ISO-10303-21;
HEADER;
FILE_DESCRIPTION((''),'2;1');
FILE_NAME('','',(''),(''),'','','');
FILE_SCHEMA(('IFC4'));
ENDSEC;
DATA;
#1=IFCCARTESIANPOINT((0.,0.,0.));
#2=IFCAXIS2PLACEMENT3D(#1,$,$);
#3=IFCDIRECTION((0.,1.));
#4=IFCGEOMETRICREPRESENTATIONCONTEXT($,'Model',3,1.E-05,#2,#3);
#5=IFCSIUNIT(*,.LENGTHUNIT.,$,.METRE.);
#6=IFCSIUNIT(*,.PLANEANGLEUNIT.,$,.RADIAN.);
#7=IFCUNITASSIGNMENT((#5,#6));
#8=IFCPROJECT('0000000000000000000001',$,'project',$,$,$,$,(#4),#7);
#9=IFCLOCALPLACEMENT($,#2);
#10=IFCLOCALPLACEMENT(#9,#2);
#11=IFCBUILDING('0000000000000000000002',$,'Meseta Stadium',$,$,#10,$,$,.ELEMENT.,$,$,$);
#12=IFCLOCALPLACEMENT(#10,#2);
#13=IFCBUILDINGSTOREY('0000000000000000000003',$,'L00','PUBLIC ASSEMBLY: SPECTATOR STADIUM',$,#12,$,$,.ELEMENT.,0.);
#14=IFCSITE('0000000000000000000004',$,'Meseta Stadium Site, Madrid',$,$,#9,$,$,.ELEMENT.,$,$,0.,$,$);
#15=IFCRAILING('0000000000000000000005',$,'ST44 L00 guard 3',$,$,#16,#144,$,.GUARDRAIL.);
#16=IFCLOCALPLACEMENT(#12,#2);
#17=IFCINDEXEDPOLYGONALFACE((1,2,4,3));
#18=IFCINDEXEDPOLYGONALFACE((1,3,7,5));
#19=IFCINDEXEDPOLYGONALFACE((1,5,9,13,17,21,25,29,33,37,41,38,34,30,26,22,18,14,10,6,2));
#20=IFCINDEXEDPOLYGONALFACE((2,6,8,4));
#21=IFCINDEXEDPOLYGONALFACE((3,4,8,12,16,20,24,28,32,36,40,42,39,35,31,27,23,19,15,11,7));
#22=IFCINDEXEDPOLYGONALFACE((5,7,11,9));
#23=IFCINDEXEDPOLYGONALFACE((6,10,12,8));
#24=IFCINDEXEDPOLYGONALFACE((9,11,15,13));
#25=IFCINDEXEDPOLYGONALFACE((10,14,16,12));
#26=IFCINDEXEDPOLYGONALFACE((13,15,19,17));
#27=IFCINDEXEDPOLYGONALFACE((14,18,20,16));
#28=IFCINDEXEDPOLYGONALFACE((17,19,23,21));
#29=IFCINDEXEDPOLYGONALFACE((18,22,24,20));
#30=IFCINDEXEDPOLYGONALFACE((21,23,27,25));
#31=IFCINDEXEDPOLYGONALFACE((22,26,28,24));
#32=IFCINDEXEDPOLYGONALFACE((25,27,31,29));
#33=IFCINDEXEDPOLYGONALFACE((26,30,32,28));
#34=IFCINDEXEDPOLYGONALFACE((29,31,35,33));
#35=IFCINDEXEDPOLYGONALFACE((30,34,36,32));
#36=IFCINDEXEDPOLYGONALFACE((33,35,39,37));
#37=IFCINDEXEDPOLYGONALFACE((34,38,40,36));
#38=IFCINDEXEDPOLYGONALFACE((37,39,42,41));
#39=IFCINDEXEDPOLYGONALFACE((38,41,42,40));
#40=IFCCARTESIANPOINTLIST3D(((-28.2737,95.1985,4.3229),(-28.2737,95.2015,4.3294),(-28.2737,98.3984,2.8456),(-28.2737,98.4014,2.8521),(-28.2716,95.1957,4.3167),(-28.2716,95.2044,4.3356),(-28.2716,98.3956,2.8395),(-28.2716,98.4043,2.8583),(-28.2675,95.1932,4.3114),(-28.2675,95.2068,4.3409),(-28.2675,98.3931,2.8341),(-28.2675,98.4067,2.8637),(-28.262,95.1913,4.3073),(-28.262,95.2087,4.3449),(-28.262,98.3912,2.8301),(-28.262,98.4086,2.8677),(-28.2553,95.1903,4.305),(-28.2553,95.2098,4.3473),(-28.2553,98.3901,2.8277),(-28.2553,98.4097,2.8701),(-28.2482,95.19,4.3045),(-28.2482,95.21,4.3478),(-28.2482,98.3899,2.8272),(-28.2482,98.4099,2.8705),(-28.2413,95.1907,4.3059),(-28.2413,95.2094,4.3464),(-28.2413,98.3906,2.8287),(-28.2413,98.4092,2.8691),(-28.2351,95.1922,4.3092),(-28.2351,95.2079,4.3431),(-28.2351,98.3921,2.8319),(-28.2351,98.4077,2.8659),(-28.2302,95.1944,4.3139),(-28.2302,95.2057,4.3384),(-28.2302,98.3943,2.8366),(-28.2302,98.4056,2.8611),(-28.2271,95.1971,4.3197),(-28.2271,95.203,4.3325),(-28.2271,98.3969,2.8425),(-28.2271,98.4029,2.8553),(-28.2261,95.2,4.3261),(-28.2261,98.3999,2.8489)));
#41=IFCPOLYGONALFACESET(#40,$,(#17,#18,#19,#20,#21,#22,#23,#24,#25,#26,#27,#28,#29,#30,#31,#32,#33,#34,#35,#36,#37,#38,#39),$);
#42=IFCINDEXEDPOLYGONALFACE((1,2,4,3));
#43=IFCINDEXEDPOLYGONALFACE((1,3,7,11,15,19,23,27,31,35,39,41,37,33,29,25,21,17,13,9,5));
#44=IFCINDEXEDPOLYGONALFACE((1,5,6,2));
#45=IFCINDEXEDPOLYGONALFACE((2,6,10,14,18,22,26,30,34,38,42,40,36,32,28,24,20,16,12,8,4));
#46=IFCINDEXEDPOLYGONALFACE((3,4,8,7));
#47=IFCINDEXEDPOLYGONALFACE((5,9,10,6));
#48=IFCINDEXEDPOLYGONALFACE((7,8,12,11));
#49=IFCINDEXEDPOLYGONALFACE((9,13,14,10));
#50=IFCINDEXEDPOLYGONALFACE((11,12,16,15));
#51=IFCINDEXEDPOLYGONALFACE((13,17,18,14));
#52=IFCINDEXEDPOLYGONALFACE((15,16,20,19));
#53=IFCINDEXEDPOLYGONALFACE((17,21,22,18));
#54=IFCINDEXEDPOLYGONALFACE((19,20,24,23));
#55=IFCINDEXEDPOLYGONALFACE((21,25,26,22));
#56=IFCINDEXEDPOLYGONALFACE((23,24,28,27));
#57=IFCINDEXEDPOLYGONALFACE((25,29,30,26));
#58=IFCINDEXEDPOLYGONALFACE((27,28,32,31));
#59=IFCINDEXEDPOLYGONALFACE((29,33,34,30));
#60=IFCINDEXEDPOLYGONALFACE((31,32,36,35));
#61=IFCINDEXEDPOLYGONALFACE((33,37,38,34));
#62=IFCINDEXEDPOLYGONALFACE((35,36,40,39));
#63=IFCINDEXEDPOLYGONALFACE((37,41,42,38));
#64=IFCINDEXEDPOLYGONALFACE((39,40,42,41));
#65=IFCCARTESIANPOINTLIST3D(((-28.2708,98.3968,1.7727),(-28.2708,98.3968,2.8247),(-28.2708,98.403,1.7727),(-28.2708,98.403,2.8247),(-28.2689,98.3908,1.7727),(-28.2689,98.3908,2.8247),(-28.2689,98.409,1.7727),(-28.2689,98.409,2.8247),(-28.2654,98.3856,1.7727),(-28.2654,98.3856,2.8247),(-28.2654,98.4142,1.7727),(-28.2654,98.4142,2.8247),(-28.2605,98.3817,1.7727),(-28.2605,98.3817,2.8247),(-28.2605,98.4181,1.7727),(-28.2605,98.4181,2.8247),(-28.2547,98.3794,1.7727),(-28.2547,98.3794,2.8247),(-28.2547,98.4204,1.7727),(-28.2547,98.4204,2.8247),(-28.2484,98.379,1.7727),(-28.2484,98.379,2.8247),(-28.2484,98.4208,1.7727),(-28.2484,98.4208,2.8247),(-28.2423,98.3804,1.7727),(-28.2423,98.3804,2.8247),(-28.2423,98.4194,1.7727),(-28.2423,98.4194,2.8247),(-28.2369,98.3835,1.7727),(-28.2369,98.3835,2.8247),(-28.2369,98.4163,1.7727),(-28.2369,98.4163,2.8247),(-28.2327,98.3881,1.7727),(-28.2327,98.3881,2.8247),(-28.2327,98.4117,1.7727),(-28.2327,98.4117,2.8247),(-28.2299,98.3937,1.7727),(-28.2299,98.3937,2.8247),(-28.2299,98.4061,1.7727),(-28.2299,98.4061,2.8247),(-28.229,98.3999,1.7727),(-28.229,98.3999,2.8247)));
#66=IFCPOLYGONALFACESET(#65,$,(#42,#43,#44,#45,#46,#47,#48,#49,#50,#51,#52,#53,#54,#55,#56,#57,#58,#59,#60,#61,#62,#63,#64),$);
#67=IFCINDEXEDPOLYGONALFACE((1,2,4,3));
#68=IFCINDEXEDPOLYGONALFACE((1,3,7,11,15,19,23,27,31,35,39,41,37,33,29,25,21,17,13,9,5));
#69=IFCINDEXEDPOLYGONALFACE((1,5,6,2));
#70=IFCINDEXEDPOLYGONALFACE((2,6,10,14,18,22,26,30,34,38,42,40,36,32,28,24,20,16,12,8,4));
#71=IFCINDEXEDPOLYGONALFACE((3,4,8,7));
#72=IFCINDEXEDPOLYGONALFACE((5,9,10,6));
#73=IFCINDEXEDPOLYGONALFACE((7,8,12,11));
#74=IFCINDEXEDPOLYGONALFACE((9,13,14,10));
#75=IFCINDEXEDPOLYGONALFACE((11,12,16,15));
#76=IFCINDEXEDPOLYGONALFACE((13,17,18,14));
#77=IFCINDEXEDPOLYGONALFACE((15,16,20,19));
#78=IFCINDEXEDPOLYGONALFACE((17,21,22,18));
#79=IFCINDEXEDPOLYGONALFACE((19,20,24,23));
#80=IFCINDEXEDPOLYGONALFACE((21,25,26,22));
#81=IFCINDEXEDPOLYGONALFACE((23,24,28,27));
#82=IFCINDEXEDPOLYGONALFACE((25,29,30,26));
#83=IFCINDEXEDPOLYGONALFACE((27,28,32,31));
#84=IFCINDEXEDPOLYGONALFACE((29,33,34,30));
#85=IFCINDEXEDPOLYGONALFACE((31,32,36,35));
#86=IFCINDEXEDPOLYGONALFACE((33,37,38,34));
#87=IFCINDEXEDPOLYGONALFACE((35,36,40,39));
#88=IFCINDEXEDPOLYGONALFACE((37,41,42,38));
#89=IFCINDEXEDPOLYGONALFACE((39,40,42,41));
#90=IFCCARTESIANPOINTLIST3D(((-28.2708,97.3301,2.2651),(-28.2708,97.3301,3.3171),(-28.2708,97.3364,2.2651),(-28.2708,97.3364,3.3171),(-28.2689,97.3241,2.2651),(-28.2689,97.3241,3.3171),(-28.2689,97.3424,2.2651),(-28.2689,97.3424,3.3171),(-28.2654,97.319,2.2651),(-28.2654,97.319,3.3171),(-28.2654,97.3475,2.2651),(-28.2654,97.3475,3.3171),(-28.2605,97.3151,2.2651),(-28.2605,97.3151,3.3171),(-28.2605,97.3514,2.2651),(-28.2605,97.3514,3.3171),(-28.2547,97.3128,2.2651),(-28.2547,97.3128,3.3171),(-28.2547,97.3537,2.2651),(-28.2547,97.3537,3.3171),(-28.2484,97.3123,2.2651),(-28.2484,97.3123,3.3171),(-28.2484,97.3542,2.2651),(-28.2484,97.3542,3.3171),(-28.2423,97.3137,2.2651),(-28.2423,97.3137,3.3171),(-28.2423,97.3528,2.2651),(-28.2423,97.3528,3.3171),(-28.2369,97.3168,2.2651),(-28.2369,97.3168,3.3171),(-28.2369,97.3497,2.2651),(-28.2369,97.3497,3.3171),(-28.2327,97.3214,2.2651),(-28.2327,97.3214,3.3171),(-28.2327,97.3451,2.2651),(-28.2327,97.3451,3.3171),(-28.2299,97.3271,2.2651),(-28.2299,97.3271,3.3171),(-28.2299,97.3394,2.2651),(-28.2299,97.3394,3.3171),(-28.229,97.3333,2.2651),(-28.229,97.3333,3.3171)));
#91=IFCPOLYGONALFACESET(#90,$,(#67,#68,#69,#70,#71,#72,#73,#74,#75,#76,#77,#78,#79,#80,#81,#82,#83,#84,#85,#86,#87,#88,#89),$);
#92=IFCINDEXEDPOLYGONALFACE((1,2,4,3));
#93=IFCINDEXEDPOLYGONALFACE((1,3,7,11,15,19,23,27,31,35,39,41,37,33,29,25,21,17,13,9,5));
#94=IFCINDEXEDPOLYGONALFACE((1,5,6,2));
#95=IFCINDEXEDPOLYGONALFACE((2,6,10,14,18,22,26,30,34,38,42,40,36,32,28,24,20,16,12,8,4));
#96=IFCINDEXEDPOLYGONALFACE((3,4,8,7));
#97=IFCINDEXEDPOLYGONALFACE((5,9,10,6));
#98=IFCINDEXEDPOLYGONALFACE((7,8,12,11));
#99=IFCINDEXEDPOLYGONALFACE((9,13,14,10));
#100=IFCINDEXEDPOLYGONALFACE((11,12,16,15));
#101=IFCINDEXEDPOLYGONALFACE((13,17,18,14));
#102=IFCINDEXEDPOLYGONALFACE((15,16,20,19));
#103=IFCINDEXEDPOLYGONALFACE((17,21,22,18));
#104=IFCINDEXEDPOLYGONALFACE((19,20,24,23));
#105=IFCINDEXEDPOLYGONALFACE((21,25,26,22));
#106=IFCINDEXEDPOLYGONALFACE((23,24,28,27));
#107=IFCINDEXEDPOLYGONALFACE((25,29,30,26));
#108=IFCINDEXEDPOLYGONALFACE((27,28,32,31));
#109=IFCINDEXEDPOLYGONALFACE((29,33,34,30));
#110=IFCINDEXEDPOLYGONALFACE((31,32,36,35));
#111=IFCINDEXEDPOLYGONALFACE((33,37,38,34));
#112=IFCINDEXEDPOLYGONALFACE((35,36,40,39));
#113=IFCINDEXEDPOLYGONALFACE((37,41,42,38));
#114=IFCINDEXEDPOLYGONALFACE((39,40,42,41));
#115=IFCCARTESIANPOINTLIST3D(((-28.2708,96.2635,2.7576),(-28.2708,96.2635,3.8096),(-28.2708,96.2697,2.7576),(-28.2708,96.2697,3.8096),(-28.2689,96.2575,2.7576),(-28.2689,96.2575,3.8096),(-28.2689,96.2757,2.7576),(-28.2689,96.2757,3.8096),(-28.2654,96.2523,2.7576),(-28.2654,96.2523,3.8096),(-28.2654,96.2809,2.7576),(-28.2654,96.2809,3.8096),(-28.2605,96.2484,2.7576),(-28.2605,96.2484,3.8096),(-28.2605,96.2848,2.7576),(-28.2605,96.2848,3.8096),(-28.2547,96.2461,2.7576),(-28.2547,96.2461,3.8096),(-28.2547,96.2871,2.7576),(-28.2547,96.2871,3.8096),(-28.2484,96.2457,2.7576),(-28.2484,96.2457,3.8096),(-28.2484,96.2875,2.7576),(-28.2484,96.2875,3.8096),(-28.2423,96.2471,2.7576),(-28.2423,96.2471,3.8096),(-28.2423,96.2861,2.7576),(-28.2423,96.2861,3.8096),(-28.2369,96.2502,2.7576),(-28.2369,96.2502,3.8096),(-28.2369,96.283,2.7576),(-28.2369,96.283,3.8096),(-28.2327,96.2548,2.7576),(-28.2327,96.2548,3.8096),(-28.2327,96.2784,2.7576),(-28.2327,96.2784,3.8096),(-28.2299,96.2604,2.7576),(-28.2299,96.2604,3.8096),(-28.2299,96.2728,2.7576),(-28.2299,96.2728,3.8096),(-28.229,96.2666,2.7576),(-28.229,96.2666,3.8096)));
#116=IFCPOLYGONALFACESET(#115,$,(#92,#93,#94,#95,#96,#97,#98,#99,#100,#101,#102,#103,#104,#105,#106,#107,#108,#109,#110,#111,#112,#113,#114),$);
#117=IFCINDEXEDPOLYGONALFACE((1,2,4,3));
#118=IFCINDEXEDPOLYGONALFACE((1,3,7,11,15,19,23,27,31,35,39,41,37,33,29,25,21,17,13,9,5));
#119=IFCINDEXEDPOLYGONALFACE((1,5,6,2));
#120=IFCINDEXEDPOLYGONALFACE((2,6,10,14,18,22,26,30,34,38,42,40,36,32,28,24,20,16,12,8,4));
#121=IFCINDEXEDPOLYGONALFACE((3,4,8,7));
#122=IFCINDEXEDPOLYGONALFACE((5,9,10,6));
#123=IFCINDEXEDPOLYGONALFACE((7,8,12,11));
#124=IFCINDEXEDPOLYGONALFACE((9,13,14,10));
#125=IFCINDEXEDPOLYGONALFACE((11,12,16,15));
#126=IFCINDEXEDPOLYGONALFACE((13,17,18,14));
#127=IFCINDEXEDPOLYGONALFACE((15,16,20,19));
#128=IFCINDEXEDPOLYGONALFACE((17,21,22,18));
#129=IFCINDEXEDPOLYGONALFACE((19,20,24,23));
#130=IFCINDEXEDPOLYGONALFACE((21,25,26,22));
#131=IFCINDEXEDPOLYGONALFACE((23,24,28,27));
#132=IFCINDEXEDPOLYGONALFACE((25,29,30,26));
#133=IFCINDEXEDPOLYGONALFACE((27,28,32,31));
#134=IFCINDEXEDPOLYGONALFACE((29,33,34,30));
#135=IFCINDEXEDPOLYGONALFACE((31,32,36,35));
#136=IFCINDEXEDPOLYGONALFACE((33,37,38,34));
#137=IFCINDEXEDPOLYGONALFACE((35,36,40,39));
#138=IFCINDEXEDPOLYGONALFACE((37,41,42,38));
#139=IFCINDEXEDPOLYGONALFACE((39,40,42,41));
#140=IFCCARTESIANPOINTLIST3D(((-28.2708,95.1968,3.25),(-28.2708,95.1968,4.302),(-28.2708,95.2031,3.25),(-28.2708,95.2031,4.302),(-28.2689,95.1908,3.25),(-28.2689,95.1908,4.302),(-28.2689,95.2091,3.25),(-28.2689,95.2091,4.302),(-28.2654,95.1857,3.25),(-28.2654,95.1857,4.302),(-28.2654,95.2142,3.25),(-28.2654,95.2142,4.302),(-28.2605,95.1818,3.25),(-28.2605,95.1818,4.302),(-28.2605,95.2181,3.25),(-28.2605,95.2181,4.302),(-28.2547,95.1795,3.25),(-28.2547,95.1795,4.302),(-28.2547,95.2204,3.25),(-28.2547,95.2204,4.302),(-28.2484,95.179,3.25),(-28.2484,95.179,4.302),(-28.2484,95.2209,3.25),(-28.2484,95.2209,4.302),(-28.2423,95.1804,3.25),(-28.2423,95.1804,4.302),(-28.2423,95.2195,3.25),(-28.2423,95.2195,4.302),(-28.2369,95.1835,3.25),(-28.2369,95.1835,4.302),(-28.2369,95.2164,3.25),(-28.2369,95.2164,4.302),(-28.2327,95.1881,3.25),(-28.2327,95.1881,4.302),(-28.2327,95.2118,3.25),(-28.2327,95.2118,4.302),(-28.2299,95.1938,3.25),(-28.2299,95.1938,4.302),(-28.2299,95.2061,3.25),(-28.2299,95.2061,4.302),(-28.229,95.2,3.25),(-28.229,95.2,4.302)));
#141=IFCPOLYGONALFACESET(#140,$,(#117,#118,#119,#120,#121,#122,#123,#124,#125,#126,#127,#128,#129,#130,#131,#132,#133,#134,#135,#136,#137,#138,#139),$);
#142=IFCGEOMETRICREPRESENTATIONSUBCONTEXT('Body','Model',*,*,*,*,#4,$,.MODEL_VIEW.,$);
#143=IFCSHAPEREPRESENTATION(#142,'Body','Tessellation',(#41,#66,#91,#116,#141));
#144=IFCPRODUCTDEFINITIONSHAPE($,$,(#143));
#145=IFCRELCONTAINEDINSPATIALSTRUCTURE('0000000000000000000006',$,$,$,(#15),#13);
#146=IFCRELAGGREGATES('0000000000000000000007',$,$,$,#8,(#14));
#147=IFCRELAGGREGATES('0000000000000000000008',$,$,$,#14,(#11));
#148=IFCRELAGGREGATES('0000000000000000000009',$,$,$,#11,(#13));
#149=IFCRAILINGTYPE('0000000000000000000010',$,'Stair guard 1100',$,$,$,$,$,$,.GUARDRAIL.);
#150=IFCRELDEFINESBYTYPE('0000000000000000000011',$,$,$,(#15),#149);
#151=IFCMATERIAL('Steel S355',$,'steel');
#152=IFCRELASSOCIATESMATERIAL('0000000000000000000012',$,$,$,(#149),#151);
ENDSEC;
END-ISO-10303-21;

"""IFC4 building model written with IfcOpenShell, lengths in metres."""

from ifc_helpers import new_model, si_unit, direction, frame, origin, origin_2d, place, context, subcontext, project, spatial, circle, extrude, material, type_object, element, save


model = new_model("IFC4")

# Units and contexts
model_context = context("Model", 3, precision=1e-05, world=origin(), true_north=direction((0.0, 1.0)))
body_context = subcontext(model_context, "Body", "Model", "MODEL_VIEW")
ifc_project = project(units=[si_unit("LENGTHUNIT", "METRE"), si_unit("PLANEANGLEUNIT", "RADIAN")], contexts=[model_context])

# Site, building, storey
site_placement = place(None, origin())
site = spatial("IfcSite", under=ifc_project, at=site_placement, Name="Meseta Stadium Site, Madrid", CompositionType="ELEMENT", RefElevation=0.0)
building_placement = place(site_placement, origin())
building = spatial("IfcBuilding", under=site, at=building_placement, Name="Meseta Stadium", CompositionType="ELEMENT")
storey_placement = place(building_placement, origin())
storey = spatial("IfcBuildingStorey", under=building, at=storey_placement, Name="L00", Description="PUBLIC ASSEMBLY: SPECTATOR STADIUM", CompositionType="ELEMENT", Elevation=0.0)

# Railing
ifc_material_1 = material(Name="Steel S355", Category="steel")
railing_type_1 = type_object("IfcRailingType", Name="Stair guard 1100", PredefinedType="GUARDRAIL", material=ifc_material_1)
railing_1_placement = place(storey_placement, frame((-28.25, 98.3999, 1.7727)))
element("IfcRailing", 1, at=railing_1_placement, inside=storey, type_object=railing_type_1, Name="ST44 L00 guard 3", PredefinedType="GUARDRAIL", context=body_context, shape_type="SweptSolid", body=[
    extrude(circle(Radius=0.0239, at=origin_2d()), frame((0.0, 0.0, 1.0762), z_axis=(0.0, -0.907917, 0.41915), x_axis=(1.0, 0.0, 0.0)), (0.0, 0.0, 1.0), 3.5244),
    extrude(circle(Radius=0.021, at=origin_2d()), origin(), (0.0, 0.0, 1.0), 1.052),
    extrude(circle(Radius=0.021, at=origin_2d()), frame((0.0, -1.0667, 0.4924)), (0.0, 0.0, 1.0), 1.052),
    extrude(circle(Radius=0.021, at=origin_2d()), frame((0.0, -2.1333, 0.9849)), (0.0, 0.0, 1.0), 1.052),
    extrude(circle(Radius=0.021, at=origin_2d()), frame((0.0, -3.2, 1.4773)), (0.0, 0.0, 1.0), 1.052),
])

save(model, "model.ifc")
